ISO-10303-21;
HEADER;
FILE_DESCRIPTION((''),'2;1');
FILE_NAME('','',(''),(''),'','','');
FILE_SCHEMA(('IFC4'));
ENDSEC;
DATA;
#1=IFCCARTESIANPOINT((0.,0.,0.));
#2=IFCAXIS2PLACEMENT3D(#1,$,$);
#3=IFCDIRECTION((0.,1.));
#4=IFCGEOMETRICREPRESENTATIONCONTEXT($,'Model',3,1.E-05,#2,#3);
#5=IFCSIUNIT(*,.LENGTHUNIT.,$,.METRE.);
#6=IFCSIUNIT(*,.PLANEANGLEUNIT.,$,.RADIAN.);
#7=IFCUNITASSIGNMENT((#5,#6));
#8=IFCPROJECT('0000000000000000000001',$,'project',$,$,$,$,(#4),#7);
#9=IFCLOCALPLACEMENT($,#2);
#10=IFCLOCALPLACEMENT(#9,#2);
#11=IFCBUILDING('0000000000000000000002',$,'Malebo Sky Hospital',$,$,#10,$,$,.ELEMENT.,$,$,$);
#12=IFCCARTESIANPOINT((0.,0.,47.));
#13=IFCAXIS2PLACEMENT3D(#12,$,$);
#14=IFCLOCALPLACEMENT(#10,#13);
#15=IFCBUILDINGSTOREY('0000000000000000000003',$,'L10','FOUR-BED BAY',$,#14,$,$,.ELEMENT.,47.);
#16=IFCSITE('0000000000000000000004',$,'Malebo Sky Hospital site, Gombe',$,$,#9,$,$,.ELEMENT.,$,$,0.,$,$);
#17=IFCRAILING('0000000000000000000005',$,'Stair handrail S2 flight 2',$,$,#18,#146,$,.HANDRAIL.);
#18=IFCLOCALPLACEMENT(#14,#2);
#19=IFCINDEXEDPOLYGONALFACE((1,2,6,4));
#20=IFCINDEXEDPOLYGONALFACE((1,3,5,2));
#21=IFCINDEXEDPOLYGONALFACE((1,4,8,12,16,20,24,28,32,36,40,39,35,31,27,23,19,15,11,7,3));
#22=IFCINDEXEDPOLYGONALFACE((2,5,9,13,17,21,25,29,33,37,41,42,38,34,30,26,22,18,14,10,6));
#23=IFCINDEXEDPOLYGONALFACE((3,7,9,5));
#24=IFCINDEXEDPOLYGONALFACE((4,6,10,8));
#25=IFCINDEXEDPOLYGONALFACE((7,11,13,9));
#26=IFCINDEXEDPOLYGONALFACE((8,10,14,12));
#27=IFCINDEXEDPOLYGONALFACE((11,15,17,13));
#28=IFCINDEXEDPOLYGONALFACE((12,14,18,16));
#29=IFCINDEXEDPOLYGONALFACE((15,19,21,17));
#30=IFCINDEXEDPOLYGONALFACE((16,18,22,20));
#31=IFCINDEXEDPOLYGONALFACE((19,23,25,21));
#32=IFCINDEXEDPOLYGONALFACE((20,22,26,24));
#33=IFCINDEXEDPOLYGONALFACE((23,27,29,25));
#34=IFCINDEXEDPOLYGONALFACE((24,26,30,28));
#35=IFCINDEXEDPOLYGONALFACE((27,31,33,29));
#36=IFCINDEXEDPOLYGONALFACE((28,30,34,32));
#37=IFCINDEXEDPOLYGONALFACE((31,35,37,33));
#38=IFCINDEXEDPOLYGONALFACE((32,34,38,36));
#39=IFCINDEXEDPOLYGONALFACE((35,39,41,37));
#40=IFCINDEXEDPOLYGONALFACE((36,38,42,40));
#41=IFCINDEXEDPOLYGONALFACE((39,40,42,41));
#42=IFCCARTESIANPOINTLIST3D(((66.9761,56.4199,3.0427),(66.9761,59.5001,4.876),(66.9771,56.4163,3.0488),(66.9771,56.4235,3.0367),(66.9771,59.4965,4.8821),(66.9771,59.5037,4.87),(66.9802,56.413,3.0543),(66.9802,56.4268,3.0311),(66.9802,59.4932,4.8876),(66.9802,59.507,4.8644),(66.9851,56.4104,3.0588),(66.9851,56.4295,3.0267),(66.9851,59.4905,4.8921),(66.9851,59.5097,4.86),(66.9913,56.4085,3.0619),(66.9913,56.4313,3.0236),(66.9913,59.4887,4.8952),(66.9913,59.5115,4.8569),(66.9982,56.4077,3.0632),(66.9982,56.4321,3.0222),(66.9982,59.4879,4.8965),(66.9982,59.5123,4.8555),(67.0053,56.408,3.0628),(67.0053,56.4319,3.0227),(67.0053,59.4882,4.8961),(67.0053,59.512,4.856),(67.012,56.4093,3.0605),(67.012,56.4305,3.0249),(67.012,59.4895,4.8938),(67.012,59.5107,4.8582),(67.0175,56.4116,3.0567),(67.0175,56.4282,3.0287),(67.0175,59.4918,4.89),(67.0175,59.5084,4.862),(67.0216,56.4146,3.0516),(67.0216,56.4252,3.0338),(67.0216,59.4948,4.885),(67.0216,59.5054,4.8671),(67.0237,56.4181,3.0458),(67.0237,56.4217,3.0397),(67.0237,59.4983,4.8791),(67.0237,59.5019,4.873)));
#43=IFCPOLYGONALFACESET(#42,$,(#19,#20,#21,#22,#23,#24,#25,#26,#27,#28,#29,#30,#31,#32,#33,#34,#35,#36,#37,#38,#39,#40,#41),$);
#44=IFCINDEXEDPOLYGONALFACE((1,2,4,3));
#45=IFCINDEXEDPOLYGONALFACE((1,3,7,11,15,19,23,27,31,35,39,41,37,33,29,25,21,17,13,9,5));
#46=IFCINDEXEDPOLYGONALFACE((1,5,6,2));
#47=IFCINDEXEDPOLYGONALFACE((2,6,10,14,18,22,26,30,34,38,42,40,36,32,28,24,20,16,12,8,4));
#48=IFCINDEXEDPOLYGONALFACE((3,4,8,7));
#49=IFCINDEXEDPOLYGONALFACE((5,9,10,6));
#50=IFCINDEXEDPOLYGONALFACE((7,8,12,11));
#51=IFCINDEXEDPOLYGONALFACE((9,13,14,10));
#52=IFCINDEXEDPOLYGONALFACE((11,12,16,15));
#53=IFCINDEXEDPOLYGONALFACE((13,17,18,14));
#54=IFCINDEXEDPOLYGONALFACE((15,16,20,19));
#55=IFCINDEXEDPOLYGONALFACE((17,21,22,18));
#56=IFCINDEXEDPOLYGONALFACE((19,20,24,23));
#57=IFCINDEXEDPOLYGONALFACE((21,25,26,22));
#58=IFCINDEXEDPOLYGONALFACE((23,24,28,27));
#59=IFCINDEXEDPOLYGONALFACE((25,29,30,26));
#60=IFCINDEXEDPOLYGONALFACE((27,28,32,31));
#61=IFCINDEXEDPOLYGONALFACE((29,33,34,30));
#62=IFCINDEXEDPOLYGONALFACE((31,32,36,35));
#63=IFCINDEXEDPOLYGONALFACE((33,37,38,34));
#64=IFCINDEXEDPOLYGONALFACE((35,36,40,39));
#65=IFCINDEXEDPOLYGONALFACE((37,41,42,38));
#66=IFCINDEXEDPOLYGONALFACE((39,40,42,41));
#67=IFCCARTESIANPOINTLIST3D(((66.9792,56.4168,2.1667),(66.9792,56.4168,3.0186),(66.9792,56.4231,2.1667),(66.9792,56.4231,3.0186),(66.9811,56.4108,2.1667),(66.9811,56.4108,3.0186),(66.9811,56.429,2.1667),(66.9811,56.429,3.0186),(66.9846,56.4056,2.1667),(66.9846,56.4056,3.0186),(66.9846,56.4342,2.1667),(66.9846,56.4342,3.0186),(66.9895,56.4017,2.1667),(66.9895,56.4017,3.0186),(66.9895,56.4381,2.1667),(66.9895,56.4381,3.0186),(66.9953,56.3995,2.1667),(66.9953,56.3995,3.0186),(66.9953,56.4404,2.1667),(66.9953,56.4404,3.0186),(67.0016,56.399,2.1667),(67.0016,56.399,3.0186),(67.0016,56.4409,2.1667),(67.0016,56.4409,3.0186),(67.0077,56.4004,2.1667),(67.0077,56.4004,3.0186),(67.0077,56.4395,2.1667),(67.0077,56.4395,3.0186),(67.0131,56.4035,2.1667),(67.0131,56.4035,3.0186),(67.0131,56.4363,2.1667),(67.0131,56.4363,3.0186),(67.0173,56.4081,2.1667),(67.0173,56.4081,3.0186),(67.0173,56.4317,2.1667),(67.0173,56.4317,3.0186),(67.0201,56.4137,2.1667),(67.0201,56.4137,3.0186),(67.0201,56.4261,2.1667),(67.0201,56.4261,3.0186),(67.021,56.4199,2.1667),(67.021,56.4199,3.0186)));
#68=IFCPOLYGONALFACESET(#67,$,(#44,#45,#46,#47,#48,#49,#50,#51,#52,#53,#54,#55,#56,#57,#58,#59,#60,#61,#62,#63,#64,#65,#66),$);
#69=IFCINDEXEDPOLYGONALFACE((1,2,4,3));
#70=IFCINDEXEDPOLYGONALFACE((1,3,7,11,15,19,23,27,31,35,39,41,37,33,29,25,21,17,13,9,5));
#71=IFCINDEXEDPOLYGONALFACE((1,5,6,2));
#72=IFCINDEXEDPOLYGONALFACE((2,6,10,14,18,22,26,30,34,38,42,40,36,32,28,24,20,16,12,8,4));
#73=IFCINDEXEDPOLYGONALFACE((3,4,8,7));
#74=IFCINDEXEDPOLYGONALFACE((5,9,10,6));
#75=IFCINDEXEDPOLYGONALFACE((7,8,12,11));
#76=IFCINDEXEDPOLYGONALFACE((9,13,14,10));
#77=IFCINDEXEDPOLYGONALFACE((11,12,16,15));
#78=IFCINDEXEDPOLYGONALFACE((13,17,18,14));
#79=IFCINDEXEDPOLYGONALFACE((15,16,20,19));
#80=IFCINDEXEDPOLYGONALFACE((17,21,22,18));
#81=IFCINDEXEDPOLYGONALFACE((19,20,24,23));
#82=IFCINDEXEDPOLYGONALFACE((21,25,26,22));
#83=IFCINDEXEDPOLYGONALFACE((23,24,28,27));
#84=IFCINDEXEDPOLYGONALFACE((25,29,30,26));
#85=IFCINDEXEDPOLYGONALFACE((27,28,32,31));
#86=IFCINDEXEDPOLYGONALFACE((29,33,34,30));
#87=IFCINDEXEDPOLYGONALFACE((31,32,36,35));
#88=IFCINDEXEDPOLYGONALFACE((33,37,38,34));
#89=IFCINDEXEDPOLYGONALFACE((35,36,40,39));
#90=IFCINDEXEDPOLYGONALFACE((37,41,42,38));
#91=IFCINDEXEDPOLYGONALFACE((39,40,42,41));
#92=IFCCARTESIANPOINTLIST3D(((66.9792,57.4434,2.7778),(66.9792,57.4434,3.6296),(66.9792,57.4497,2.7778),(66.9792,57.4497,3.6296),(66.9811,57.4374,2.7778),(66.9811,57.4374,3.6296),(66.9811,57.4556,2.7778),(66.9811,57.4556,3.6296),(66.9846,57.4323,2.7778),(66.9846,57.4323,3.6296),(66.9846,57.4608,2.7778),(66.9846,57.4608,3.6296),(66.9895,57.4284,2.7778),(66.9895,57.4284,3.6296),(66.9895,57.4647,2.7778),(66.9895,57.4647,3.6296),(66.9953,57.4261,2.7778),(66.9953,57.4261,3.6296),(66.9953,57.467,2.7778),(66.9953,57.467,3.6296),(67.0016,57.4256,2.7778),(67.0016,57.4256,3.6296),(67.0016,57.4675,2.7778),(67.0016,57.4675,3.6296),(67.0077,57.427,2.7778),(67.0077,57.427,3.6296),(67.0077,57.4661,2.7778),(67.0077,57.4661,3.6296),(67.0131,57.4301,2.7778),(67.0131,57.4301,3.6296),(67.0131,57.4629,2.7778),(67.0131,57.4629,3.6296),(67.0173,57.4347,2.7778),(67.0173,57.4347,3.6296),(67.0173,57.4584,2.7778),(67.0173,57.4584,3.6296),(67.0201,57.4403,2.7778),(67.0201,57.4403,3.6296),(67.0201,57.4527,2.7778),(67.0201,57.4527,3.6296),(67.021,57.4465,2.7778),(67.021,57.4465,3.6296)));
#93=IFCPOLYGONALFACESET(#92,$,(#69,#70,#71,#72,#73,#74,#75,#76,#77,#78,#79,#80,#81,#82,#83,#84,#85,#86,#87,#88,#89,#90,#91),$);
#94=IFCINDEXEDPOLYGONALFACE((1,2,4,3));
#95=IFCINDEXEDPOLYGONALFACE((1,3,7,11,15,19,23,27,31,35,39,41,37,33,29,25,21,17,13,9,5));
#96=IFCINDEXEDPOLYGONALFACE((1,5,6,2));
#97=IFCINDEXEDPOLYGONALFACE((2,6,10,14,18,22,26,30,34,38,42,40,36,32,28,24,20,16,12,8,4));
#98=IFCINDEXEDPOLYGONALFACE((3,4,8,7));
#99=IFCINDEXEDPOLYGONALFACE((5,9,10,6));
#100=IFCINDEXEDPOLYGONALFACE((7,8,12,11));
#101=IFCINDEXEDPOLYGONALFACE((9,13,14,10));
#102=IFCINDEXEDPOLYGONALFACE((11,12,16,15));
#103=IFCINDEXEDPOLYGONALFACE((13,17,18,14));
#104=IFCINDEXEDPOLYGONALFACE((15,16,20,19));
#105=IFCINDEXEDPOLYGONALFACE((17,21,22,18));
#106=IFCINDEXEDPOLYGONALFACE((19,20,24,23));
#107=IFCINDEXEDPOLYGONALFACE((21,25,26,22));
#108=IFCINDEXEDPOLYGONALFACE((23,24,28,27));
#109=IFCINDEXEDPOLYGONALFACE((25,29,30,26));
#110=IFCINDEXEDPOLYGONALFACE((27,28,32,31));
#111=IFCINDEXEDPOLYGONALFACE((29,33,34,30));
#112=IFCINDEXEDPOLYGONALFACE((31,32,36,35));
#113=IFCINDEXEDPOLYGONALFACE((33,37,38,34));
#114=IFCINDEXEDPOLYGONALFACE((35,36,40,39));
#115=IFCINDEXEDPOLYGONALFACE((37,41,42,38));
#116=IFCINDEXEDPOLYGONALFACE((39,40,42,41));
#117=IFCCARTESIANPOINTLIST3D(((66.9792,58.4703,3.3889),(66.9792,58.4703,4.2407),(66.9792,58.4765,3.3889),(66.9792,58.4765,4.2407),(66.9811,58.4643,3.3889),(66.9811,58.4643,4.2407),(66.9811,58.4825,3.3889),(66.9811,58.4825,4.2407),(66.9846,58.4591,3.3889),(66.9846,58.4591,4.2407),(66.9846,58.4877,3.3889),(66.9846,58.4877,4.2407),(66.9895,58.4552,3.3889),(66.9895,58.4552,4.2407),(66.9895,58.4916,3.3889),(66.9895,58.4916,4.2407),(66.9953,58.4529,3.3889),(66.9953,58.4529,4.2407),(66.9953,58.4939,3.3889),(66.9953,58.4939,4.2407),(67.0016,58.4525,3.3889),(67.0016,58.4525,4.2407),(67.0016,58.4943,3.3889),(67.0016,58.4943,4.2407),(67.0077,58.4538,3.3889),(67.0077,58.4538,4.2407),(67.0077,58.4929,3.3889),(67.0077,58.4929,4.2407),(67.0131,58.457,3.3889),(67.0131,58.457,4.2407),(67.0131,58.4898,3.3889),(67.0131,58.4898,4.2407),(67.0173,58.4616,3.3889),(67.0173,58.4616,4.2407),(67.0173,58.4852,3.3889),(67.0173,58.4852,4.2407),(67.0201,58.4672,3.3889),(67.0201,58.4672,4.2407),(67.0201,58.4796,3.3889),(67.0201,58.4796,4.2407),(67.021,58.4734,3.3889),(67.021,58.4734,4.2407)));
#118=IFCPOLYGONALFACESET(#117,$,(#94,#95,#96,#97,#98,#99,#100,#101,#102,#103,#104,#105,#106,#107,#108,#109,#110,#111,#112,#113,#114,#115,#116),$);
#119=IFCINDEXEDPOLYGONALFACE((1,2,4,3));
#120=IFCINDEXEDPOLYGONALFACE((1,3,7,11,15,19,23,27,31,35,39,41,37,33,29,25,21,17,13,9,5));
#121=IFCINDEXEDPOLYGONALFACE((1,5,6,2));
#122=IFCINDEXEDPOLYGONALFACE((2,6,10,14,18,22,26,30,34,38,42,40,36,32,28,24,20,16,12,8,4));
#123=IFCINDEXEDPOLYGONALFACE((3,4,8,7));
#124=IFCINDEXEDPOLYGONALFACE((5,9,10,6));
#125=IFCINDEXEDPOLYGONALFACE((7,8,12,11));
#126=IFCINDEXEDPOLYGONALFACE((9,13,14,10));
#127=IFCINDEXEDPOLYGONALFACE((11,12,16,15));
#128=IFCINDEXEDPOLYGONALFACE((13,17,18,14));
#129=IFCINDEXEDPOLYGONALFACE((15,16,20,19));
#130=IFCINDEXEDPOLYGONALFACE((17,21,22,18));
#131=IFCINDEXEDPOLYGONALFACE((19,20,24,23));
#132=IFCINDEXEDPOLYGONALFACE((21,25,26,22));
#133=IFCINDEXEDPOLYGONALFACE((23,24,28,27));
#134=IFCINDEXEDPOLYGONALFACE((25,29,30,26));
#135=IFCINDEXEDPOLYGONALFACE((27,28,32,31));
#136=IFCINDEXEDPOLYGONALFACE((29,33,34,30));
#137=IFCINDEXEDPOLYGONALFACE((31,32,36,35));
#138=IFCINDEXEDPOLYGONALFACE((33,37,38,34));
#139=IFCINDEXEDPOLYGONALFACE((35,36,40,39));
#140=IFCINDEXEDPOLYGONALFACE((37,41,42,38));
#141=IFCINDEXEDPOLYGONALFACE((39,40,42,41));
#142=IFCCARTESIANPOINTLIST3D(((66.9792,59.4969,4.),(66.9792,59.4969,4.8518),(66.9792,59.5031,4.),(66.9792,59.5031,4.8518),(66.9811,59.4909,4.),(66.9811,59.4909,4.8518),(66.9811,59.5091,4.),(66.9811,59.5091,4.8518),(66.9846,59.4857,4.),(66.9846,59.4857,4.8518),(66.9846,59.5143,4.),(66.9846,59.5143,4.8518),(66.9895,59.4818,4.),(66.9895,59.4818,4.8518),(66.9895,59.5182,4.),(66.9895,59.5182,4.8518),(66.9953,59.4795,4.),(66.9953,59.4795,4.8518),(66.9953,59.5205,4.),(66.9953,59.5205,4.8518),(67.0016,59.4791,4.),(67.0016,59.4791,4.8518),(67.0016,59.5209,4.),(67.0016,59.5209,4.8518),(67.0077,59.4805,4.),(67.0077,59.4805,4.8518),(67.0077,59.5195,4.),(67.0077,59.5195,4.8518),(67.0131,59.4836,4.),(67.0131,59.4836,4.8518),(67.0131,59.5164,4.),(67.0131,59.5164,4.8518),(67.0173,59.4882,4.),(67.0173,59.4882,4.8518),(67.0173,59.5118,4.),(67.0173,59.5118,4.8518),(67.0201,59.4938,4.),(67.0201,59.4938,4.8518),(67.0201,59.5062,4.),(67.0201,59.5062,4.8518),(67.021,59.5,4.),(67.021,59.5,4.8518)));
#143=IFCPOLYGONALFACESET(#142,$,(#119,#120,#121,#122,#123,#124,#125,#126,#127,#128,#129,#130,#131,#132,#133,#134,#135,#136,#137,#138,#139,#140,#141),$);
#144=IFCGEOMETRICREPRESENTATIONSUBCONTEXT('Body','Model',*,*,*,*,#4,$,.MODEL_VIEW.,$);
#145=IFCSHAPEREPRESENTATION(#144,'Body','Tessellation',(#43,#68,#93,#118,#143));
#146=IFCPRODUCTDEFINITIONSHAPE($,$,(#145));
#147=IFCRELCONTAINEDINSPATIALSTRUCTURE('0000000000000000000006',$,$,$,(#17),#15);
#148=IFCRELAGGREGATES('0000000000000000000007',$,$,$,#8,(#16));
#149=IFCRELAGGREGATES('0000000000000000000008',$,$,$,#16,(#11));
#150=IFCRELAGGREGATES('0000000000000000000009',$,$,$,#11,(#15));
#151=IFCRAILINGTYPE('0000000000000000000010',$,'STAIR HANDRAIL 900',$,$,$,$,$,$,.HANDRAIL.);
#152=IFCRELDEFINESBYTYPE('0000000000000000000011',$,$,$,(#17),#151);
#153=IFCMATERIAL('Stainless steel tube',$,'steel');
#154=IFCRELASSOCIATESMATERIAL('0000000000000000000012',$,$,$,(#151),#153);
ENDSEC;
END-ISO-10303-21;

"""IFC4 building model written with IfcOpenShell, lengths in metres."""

from ifc_helpers import new_model, si_unit, direction, frame, origin, origin_2d, place, context, subcontext, project, spatial, circle, extrude, material, type_object, element, save


model = new_model("IFC4")

# Units and contexts
model_context = context("Model", 3, precision=1e-05, world=origin(), true_north=direction((0.0, 1.0)))
body_context = subcontext(model_context, "Body", "Model", "MODEL_VIEW")
ifc_project = project(units=[si_unit("LENGTHUNIT", "METRE"), si_unit("PLANEANGLEUNIT", "RADIAN")], contexts=[model_context])

# Site, building, storey
site_placement = place(None, origin())
site = spatial("IfcSite", under=ifc_project, at=site_placement, Name="Malebo Sky Hospital site, Gombe", CompositionType="ELEMENT", RefElevation=0.0)
building_placement = place(site_placement, origin())
building = spatial("IfcBuilding", under=site, at=building_placement, Name="Malebo Sky Hospital", CompositionType="ELEMENT")
storey_placement = place(building_placement, frame((0.0, 0.0, 47.0)))
storey = spatial("IfcBuildingStorey", under=building, at=storey_placement, Name="L10", Description="FOUR-BED BAY", CompositionType="ELEMENT", Elevation=47.0)

# Railing
ifc_material_1 = material(Name="Stainless steel tube", Category="steel")
railing_type = type_object("IfcRailingType", Name="STAIR HANDRAIL 900", PredefinedType="HANDRAIL", material=ifc_material_1)
railing_1_placement = place(storey_placement, frame((67.0, 56.4199, 2.1667)))
element("IfcRailing", 1, at=railing_1_placement, inside=storey, type_object=railing_type, Name="Stair handrail S2 flight 2", PredefinedType="HANDRAIL", context=body_context, shape_type="SweptSolid", body=[
    extrude(circle(Radius=0.0239, at=origin_2d()), frame((0.0, 0.0, 0.876), z_axis=(0.0, 0.859309, 0.511458), x_axis=(-1.0, 0.0, 0.0)), (0.0, 0.0, 1.0), 3.5845),
    extrude(circle(Radius=0.021, at=origin_2d()), origin(), (0.0, 0.0, 1.0), 0.8518),
    extrude(circle(Radius=0.021, at=origin_2d()), frame((0.0, 1.0266, 0.6111)), (0.0, 0.0, 1.0), 0.8518),
    extrude(circle(Radius=0.021, at=origin_2d()), frame((0.0, 2.0535, 1.2222)), (0.0, 0.0, 1.0), 0.8518),
    extrude(circle(Radius=0.021, at=origin_2d()), frame((0.0, 3.0801, 1.8333)), (0.0, 0.0, 1.0), 0.8518),
])

save(model, "model.ifc")
